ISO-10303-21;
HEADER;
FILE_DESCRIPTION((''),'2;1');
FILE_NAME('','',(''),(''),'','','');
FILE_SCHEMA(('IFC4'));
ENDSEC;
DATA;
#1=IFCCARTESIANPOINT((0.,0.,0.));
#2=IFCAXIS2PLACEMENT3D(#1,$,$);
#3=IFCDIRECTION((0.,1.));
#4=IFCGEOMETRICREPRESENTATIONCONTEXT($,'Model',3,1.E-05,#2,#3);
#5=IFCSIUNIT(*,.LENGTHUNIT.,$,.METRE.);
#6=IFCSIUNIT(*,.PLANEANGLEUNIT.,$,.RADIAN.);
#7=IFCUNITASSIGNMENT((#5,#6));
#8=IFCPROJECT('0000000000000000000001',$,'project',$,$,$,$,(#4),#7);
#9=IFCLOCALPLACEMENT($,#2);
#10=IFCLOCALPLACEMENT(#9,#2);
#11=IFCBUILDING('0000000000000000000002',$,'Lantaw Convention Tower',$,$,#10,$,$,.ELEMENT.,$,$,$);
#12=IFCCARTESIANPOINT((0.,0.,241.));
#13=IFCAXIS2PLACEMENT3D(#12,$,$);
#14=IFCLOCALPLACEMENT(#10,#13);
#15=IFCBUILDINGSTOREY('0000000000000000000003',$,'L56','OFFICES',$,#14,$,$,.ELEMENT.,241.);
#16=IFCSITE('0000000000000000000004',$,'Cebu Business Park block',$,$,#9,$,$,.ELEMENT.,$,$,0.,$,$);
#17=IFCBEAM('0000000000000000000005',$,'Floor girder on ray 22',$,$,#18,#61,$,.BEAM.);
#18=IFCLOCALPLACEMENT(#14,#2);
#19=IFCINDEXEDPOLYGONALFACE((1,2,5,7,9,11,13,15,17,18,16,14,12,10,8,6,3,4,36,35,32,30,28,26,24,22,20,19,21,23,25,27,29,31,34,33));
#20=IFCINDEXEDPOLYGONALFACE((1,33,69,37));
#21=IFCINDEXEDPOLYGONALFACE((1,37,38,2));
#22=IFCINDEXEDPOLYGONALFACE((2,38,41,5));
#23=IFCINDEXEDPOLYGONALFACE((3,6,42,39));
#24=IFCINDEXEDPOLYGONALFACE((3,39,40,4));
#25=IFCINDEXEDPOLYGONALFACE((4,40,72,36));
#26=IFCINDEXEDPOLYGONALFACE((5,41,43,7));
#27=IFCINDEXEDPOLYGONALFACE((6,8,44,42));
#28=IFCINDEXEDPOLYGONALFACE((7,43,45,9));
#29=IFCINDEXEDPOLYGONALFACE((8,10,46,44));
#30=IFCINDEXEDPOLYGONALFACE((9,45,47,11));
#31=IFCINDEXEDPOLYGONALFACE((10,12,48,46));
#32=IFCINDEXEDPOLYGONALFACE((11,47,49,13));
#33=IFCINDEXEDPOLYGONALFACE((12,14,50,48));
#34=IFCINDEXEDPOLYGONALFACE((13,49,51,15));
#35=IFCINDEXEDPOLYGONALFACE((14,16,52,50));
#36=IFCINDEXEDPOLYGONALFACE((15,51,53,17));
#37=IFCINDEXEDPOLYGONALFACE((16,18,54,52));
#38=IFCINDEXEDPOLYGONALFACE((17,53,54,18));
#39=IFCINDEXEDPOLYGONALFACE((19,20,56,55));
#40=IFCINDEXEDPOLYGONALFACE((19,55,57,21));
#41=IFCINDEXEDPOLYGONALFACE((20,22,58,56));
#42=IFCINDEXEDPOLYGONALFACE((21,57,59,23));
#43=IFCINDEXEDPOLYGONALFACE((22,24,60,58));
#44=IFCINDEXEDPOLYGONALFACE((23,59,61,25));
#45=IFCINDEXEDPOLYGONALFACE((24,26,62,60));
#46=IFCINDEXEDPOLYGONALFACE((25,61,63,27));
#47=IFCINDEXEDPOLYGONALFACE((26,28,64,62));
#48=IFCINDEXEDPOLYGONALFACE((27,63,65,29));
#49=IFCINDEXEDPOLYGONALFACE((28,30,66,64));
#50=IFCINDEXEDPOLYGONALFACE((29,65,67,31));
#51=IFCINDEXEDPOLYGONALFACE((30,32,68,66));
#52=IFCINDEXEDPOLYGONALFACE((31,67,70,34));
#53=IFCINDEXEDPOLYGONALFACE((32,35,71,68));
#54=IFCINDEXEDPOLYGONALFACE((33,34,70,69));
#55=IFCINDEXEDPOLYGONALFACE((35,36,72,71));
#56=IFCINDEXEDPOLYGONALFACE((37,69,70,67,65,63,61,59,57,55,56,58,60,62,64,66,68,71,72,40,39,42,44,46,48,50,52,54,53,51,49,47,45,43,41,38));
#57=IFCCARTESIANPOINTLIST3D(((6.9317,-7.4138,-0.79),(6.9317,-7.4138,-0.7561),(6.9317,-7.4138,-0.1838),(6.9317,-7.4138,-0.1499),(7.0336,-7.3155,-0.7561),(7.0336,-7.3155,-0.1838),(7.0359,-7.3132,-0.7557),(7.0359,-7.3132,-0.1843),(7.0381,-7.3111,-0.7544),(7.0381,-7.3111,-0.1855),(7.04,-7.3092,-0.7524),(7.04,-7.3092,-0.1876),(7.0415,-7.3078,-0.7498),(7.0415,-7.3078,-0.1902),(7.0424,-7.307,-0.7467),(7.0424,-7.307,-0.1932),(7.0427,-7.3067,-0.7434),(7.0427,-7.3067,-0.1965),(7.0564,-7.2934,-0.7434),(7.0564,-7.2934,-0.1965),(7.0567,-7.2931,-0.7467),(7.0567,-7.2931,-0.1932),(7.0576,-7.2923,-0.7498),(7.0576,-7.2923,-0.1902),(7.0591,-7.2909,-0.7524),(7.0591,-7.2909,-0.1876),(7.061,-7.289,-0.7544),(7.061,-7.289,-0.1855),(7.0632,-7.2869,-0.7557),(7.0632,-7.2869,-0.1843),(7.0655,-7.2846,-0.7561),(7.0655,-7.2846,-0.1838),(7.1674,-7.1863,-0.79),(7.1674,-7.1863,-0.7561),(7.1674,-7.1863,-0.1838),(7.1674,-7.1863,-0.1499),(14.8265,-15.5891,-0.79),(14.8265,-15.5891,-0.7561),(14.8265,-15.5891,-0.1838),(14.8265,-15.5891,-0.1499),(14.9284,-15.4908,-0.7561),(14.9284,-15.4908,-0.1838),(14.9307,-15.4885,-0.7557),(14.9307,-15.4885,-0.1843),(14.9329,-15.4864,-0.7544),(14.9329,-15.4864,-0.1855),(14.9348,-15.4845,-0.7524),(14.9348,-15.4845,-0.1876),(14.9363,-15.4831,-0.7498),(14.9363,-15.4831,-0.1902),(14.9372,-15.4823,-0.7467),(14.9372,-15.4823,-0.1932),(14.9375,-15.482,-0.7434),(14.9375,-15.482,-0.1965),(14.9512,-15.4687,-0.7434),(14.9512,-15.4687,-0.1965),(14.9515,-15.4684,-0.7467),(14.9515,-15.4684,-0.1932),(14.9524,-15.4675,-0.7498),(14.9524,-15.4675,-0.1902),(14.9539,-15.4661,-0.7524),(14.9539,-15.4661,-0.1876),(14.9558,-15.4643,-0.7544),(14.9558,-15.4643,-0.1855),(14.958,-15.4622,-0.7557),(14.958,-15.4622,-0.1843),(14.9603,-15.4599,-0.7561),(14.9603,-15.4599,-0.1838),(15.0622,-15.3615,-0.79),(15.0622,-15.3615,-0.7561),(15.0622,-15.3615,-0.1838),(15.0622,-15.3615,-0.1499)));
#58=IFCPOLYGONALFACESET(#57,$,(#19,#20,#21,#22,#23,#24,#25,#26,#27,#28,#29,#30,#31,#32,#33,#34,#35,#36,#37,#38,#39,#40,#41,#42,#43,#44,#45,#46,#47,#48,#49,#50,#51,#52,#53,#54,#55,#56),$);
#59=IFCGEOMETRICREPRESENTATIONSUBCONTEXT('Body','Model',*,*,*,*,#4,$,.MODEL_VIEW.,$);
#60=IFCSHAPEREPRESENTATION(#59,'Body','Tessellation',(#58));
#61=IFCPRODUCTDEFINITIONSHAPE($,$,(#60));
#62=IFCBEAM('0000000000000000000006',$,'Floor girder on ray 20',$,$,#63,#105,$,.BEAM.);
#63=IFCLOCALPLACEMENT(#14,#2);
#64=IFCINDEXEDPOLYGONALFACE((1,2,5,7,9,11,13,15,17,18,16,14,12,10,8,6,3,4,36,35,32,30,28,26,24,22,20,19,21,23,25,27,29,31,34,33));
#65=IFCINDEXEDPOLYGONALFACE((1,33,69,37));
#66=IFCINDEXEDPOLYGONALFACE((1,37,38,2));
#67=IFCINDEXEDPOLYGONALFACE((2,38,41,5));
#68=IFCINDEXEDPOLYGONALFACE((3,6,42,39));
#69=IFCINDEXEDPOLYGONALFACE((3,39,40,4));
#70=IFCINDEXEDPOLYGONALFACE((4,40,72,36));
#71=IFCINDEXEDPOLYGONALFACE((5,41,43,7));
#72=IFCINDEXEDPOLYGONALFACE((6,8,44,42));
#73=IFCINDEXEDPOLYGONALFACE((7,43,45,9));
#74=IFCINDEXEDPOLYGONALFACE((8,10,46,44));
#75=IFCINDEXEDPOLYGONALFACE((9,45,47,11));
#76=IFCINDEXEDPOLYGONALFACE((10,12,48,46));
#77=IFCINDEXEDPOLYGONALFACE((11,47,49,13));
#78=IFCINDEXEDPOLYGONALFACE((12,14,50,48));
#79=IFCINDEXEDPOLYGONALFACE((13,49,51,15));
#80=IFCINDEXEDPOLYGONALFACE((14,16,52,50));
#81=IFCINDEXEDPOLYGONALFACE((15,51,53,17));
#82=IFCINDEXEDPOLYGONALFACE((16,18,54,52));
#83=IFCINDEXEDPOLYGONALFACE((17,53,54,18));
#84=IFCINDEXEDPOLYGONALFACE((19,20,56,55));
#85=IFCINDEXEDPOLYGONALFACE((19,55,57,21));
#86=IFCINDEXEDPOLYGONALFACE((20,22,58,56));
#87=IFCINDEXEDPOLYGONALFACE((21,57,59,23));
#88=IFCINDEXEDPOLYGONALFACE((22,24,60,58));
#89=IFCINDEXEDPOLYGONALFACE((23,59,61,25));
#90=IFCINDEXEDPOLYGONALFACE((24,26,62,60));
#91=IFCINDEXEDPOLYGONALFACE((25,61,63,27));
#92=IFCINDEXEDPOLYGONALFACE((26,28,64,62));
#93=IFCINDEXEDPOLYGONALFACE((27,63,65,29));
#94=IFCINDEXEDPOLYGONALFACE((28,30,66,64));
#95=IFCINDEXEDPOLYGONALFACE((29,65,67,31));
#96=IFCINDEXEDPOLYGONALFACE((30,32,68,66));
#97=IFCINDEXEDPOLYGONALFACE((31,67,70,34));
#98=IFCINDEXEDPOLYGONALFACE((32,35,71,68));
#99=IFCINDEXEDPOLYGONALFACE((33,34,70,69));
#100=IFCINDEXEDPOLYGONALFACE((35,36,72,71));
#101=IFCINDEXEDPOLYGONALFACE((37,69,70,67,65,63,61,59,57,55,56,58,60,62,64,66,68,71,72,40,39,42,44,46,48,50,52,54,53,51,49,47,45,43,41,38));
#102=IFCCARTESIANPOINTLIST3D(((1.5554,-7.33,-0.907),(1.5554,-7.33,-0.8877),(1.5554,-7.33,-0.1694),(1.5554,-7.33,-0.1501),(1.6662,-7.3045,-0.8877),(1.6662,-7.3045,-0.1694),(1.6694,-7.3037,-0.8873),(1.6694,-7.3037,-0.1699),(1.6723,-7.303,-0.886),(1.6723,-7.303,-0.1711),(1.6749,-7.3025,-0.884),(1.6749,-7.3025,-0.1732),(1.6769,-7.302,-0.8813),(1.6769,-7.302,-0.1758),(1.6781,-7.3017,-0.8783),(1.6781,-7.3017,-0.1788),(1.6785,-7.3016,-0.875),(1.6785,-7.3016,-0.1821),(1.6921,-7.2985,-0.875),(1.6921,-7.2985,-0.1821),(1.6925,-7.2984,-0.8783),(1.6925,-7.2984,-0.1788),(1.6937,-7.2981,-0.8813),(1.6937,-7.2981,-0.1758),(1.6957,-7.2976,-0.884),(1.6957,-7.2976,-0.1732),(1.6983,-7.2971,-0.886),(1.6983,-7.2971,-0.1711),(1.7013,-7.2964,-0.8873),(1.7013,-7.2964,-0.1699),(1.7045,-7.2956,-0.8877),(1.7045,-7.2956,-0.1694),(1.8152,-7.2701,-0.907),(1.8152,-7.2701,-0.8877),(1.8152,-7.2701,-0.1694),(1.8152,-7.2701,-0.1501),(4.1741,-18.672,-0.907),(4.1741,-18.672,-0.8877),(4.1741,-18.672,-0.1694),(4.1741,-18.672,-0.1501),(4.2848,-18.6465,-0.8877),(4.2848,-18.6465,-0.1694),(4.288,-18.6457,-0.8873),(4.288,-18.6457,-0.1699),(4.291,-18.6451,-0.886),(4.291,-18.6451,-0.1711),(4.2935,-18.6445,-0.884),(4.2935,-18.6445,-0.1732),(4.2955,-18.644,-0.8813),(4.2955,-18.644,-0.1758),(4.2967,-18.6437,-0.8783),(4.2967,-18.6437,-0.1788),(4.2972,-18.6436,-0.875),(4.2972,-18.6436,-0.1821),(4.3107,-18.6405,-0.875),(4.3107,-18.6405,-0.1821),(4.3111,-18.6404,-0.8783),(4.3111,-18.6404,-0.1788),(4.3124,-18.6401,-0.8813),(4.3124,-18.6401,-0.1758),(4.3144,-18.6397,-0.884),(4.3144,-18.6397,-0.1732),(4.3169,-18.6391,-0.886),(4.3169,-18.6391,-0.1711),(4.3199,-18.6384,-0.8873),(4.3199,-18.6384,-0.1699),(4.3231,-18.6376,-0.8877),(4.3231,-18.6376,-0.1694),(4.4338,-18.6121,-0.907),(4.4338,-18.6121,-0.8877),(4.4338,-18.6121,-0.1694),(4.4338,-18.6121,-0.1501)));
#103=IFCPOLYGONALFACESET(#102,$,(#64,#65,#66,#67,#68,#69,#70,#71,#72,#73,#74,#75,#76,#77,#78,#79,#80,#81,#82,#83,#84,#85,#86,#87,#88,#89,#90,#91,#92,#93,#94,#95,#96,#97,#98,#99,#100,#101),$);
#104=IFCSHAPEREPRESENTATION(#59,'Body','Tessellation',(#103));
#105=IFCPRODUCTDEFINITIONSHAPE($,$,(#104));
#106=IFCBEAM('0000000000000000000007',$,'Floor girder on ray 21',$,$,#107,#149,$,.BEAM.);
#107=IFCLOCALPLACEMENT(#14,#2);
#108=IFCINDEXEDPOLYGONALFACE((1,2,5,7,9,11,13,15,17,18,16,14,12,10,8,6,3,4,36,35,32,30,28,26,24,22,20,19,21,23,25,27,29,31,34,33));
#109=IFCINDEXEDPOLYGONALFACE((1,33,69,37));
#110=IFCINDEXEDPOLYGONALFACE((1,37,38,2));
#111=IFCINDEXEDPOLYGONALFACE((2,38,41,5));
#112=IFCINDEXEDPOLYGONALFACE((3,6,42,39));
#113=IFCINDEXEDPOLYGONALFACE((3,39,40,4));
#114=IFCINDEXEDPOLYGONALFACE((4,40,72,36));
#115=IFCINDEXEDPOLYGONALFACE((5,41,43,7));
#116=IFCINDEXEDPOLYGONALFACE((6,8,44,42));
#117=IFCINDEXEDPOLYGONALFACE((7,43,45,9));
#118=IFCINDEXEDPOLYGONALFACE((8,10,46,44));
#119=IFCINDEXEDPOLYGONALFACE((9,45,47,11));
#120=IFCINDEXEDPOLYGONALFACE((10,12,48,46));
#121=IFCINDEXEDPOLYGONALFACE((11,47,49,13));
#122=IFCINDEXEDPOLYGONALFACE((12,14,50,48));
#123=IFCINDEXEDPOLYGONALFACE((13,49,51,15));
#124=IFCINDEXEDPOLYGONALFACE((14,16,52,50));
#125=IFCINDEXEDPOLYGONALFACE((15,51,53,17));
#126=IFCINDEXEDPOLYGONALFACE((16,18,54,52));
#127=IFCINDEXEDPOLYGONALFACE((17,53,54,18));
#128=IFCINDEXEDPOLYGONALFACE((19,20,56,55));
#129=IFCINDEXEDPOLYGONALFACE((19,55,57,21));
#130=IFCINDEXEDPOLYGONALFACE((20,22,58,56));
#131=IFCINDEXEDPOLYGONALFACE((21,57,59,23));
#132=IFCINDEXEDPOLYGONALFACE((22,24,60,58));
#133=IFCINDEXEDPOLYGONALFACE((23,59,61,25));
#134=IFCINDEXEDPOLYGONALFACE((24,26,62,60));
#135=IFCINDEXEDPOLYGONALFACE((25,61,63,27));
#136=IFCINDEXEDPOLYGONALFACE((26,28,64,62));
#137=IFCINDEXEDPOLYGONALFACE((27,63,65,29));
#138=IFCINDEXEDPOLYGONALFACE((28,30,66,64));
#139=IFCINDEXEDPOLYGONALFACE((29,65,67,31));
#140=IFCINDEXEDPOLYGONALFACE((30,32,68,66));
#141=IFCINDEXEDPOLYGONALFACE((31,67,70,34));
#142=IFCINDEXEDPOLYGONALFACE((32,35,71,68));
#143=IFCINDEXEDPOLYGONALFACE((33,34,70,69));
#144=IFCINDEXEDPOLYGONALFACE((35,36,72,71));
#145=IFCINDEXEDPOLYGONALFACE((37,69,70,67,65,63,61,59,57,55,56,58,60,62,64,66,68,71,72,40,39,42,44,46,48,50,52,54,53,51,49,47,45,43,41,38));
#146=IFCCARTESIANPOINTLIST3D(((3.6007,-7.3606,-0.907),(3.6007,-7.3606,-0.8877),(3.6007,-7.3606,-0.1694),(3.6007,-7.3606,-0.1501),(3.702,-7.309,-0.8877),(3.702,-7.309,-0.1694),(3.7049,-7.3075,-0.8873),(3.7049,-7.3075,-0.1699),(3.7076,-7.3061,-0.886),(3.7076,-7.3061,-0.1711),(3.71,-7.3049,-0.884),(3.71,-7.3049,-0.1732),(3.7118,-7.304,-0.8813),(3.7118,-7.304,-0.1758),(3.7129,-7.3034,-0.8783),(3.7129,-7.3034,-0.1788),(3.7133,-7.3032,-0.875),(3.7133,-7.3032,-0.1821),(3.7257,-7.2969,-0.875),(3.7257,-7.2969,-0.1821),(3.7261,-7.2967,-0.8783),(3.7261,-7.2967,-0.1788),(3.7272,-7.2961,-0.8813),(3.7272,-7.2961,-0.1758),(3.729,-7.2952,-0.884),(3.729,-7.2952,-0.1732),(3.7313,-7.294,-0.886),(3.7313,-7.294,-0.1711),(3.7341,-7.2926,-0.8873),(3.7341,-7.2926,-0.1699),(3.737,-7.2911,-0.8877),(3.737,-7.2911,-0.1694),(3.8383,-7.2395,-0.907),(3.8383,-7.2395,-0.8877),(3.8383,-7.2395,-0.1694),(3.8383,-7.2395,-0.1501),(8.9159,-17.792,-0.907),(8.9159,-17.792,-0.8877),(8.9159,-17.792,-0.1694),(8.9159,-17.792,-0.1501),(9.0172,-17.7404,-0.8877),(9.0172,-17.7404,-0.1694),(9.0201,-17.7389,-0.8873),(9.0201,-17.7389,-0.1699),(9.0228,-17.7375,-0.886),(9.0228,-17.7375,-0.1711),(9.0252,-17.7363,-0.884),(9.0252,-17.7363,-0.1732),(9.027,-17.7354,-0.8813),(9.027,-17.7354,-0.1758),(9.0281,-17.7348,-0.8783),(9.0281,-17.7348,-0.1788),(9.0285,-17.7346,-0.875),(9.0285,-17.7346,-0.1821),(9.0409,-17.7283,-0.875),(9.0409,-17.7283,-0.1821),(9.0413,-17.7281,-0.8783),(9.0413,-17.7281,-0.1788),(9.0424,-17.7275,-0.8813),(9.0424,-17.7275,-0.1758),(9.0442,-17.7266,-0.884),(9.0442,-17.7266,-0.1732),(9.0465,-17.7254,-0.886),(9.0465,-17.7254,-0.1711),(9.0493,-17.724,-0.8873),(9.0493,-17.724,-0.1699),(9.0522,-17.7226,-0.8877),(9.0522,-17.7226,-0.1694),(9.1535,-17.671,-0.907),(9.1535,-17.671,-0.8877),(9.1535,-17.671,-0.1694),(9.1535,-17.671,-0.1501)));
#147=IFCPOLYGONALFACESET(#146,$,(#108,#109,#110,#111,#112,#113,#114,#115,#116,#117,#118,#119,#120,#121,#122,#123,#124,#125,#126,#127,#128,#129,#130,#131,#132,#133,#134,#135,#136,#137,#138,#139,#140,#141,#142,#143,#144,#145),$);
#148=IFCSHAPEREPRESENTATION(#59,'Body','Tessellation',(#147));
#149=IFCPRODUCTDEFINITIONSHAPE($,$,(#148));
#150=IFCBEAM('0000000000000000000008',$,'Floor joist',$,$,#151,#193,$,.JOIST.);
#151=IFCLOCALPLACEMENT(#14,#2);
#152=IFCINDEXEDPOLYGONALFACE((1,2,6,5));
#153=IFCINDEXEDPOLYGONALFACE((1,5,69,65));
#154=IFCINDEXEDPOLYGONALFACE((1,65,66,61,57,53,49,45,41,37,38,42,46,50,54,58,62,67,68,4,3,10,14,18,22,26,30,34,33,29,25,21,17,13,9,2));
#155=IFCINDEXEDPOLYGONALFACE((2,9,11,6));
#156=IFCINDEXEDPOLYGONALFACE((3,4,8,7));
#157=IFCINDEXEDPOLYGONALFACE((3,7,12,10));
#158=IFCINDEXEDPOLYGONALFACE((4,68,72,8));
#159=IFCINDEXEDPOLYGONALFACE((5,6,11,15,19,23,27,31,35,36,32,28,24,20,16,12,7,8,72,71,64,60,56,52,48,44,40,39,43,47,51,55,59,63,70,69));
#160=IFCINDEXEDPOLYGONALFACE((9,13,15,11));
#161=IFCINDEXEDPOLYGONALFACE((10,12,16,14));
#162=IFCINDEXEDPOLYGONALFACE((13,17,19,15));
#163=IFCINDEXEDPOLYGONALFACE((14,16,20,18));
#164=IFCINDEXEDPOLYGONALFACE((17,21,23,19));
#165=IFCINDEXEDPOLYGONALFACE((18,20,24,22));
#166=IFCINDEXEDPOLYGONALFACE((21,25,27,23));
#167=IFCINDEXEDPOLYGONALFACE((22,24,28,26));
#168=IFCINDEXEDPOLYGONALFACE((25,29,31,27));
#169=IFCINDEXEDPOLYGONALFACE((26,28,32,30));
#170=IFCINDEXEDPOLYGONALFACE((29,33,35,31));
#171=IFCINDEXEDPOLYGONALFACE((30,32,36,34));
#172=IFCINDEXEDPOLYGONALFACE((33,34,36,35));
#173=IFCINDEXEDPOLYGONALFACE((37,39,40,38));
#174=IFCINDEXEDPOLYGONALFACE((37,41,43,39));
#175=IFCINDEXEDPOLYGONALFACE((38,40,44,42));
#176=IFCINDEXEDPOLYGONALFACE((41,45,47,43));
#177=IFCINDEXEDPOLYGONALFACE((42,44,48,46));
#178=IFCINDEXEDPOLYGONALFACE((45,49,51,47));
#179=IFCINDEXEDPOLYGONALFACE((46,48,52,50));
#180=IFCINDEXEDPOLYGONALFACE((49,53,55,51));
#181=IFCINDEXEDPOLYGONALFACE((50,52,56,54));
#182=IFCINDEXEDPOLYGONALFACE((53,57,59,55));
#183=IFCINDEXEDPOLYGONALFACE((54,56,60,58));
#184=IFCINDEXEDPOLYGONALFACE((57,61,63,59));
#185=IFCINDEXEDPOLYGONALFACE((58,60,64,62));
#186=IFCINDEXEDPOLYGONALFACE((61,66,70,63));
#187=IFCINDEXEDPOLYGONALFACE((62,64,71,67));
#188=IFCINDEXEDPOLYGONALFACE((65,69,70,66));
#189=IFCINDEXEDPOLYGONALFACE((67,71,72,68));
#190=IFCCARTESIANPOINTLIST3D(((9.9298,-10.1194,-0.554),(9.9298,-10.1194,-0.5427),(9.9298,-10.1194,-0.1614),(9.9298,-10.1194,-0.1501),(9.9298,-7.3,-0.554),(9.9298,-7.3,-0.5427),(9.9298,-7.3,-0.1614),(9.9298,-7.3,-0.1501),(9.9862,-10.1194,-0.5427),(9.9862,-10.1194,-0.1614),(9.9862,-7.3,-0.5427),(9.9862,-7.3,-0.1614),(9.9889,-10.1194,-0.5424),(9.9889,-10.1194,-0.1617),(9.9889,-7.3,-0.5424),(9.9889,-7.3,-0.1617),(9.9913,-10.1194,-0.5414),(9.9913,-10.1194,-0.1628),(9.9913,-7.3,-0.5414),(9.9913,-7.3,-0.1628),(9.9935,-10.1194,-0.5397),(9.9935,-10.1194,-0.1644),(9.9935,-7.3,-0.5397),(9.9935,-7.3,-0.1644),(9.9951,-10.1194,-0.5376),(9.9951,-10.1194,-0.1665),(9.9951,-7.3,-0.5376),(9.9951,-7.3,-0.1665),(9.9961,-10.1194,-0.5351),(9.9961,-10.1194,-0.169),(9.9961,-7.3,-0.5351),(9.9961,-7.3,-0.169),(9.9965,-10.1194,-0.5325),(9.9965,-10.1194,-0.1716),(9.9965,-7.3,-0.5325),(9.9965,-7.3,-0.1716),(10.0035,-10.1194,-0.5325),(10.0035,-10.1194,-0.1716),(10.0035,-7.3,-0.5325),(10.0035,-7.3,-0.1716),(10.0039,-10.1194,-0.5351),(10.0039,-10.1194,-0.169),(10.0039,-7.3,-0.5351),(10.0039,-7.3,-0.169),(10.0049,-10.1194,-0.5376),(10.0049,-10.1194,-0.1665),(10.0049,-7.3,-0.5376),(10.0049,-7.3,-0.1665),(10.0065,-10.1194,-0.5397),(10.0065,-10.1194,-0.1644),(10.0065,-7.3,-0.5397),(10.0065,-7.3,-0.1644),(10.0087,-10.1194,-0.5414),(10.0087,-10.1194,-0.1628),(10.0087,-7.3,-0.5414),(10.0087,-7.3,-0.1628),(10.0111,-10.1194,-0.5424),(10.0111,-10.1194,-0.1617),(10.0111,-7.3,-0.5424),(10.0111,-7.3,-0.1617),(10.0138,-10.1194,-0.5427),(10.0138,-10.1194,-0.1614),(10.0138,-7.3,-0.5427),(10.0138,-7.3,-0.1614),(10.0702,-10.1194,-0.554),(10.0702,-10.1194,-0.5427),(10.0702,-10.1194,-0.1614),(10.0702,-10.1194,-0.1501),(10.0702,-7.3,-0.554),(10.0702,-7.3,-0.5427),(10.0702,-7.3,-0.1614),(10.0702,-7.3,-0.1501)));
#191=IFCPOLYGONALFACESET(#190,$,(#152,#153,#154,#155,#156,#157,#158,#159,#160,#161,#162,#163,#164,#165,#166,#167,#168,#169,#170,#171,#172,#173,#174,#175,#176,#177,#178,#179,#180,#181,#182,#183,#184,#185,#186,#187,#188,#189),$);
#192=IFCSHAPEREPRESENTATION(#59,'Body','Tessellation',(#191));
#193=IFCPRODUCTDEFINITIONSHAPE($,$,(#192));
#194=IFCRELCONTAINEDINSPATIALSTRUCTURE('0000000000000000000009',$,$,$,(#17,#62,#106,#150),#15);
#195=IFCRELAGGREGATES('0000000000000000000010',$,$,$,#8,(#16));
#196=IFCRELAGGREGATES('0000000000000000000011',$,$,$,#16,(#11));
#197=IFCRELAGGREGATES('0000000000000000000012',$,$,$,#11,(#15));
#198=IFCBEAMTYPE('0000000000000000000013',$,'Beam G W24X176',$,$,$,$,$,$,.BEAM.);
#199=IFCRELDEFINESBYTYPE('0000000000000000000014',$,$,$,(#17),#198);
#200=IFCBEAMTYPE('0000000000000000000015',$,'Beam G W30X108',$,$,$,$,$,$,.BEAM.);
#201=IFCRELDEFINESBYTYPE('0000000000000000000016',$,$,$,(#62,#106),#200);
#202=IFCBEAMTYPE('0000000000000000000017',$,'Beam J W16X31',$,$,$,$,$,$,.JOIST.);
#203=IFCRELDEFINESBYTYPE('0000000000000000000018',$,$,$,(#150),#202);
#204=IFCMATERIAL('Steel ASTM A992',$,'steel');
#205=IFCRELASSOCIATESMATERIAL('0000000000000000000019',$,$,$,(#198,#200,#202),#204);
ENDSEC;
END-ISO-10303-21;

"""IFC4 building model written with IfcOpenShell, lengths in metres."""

from ifc_helpers import new_model, si_unit, direction, frame, origin, origin_2d, place, context, subcontext, project, spatial, i_section, extrude, material, material_profile, profile_set, type_object, element, save


model = new_model("IFC4")

# Units and contexts
model_context = context("Model", 3, precision=1e-05, world=origin(), true_north=direction((0.0, 1.0)))
body_context = subcontext(model_context, "Body", "Model", "MODEL_VIEW")
ifc_project = project(units=[si_unit("LENGTHUNIT", "METRE"), si_unit("PLANEANGLEUNIT", "RADIAN")], contexts=[model_context])

# Site, building, storey
site_placement = place(None, origin())
site = spatial("IfcSite", under=ifc_project, at=site_placement, Name="Cebu Business Park block", CompositionType="ELEMENT", RefElevation=0.0)
building_placement = place(site_placement, origin())
building = spatial("IfcBuilding", under=site, at=building_placement, Name="Lantaw Convention Tower", CompositionType="ELEMENT")
storey_placement = place(building_placement, frame((0.0, 0.0, 241.0)))
storey = spatial("IfcBuildingStorey", under=building, at=storey_placement, Name="L56", Description="OFFICES", CompositionType="ELEMENT", Elevation=241.0)

# Beams
ifc_material_1 = material(Name="Steel ASTM A992", Category="steel")
ifc_material_profile_1 = material_profile(ifc_material_1, i_section(OverallWidth=0.3276, OverallDepth=0.6401, WebThickness=0.019, FlangeThickness=0.0339, FilletRadius=0.0127, at=origin_2d()), Name="W24X176")
ifc_profile_set_1 = profile_set([ifc_material_profile_1], Name="Steel ASTM A992")
beam_type_1 = type_object("IfcBeamType", Name="Beam G W24X176", PredefinedType="BEAM", material=ifc_profile_set_1)
beam_1_placement = place(storey_placement, frame((7.0496, -7.3, -0.47), z_axis=(0.694658, -0.71934, 0.0), x_axis=(0.71934, 0.694658, 0.0)))
element("IfcBeam", 1, at=beam_1_placement, inside=storey, type_object=beam_type_1, Name="Floor girder on ray 22", PredefinedType="BEAM", context=body_context, shape_type="SweptSolid", body=[
    extrude(i_section(OverallWidth=0.3276, OverallDepth=0.6401, WebThickness=0.019, FlangeThickness=0.0339, FilletRadius=0.0127, at=origin_2d()), origin(), (0.0, 0.0, 1.0), 11.365),
])
ifc_material_profile_2 = material_profile(ifc_material_1, i_section(OverallWidth=0.2666, OverallDepth=0.7568, WebThickness=0.0139, FlangeThickness=0.0193, FilletRadius=0.0127, at=origin_2d()), Name="W30X108")
ifc_profile_set_2 = profile_set([ifc_material_profile_2], Name="Steel ASTM A992")
beam_type_2 = type_object("IfcBeamType", Name="Beam G W30X108", PredefinedType="BEAM", material=ifc_profile_set_2)
beam_2_placement = place(storey_placement, frame((1.6853, -7.3, -0.5286), z_axis=(0.224962, -0.974368, 0.0), x_axis=(0.974368, 0.224962, 0.0)))
element("IfcBeam", 2, at=beam_2_placement, inside=storey, type_object=beam_type_2, Name="Floor girder on ray 20", PredefinedType="BEAM", context=body_context, shape_type="SweptSolid", body=[
    extrude(i_section(OverallWidth=0.2666, OverallDepth=0.7568, WebThickness=0.0139, FlangeThickness=0.0193, FilletRadius=0.0127, at=origin_2d()), origin(), (0.0, 0.0, 1.0), 11.6404),
])
beam_3_placement = place(storey_placement, frame((3.7195, -7.3, -0.5286), z_axis=(0.453999, -0.891002, 0.0), x_axis=(0.891002, 0.453999, 0.0)))
element("IfcBeam", 3, at=beam_3_placement, inside=storey, type_object=beam_type_2, Name="Floor girder on ray 21", PredefinedType="BEAM", context=body_context, shape_type="SweptSolid", body=[
    extrude(i_section(OverallWidth=0.2666, OverallDepth=0.7568, WebThickness=0.0139, FlangeThickness=0.0193, FilletRadius=0.0127, at=origin_2d()), origin(), (0.0, 0.0, 1.0), 11.7075),
])
ifc_material_profile_3 = material_profile(ifc_material_1, i_section(OverallWidth=0.1404, OverallDepth=0.4038, WebThickness=0.0071, FlangeThickness=0.0112, FilletRadius=0.0103, at=origin_2d()), Name="W16X31")
ifc_profile_set_3 = profile_set([ifc_material_profile_3], Name="Steel ASTM A992")
beam_type_3 = type_object("IfcBeamType", Name="Beam J W16X31", PredefinedType="JOIST", material=ifc_profile_set_3)
beam_4_placement = place(storey_placement, frame((10.0, -10.1194, -0.3521), z_axis=(0.0, 1.0, 0.0), x_axis=(-1.0, 0.0, 0.0)))
element("IfcBeam", 4, at=beam_4_placement, inside=storey, type_object=beam_type_3, Name="Floor joist", PredefinedType="JOIST", context=body_context, shape_type="SweptSolid", body=[
    extrude(i_section(OverallWidth=0.1404, OverallDepth=0.4038, WebThickness=0.0071, FlangeThickness=0.0112, FilletRadius=0.0103, at=origin_2d()), origin(), (0.0, 0.0, 1.0), 2.8193),
])

save(model, "model.ifc")
